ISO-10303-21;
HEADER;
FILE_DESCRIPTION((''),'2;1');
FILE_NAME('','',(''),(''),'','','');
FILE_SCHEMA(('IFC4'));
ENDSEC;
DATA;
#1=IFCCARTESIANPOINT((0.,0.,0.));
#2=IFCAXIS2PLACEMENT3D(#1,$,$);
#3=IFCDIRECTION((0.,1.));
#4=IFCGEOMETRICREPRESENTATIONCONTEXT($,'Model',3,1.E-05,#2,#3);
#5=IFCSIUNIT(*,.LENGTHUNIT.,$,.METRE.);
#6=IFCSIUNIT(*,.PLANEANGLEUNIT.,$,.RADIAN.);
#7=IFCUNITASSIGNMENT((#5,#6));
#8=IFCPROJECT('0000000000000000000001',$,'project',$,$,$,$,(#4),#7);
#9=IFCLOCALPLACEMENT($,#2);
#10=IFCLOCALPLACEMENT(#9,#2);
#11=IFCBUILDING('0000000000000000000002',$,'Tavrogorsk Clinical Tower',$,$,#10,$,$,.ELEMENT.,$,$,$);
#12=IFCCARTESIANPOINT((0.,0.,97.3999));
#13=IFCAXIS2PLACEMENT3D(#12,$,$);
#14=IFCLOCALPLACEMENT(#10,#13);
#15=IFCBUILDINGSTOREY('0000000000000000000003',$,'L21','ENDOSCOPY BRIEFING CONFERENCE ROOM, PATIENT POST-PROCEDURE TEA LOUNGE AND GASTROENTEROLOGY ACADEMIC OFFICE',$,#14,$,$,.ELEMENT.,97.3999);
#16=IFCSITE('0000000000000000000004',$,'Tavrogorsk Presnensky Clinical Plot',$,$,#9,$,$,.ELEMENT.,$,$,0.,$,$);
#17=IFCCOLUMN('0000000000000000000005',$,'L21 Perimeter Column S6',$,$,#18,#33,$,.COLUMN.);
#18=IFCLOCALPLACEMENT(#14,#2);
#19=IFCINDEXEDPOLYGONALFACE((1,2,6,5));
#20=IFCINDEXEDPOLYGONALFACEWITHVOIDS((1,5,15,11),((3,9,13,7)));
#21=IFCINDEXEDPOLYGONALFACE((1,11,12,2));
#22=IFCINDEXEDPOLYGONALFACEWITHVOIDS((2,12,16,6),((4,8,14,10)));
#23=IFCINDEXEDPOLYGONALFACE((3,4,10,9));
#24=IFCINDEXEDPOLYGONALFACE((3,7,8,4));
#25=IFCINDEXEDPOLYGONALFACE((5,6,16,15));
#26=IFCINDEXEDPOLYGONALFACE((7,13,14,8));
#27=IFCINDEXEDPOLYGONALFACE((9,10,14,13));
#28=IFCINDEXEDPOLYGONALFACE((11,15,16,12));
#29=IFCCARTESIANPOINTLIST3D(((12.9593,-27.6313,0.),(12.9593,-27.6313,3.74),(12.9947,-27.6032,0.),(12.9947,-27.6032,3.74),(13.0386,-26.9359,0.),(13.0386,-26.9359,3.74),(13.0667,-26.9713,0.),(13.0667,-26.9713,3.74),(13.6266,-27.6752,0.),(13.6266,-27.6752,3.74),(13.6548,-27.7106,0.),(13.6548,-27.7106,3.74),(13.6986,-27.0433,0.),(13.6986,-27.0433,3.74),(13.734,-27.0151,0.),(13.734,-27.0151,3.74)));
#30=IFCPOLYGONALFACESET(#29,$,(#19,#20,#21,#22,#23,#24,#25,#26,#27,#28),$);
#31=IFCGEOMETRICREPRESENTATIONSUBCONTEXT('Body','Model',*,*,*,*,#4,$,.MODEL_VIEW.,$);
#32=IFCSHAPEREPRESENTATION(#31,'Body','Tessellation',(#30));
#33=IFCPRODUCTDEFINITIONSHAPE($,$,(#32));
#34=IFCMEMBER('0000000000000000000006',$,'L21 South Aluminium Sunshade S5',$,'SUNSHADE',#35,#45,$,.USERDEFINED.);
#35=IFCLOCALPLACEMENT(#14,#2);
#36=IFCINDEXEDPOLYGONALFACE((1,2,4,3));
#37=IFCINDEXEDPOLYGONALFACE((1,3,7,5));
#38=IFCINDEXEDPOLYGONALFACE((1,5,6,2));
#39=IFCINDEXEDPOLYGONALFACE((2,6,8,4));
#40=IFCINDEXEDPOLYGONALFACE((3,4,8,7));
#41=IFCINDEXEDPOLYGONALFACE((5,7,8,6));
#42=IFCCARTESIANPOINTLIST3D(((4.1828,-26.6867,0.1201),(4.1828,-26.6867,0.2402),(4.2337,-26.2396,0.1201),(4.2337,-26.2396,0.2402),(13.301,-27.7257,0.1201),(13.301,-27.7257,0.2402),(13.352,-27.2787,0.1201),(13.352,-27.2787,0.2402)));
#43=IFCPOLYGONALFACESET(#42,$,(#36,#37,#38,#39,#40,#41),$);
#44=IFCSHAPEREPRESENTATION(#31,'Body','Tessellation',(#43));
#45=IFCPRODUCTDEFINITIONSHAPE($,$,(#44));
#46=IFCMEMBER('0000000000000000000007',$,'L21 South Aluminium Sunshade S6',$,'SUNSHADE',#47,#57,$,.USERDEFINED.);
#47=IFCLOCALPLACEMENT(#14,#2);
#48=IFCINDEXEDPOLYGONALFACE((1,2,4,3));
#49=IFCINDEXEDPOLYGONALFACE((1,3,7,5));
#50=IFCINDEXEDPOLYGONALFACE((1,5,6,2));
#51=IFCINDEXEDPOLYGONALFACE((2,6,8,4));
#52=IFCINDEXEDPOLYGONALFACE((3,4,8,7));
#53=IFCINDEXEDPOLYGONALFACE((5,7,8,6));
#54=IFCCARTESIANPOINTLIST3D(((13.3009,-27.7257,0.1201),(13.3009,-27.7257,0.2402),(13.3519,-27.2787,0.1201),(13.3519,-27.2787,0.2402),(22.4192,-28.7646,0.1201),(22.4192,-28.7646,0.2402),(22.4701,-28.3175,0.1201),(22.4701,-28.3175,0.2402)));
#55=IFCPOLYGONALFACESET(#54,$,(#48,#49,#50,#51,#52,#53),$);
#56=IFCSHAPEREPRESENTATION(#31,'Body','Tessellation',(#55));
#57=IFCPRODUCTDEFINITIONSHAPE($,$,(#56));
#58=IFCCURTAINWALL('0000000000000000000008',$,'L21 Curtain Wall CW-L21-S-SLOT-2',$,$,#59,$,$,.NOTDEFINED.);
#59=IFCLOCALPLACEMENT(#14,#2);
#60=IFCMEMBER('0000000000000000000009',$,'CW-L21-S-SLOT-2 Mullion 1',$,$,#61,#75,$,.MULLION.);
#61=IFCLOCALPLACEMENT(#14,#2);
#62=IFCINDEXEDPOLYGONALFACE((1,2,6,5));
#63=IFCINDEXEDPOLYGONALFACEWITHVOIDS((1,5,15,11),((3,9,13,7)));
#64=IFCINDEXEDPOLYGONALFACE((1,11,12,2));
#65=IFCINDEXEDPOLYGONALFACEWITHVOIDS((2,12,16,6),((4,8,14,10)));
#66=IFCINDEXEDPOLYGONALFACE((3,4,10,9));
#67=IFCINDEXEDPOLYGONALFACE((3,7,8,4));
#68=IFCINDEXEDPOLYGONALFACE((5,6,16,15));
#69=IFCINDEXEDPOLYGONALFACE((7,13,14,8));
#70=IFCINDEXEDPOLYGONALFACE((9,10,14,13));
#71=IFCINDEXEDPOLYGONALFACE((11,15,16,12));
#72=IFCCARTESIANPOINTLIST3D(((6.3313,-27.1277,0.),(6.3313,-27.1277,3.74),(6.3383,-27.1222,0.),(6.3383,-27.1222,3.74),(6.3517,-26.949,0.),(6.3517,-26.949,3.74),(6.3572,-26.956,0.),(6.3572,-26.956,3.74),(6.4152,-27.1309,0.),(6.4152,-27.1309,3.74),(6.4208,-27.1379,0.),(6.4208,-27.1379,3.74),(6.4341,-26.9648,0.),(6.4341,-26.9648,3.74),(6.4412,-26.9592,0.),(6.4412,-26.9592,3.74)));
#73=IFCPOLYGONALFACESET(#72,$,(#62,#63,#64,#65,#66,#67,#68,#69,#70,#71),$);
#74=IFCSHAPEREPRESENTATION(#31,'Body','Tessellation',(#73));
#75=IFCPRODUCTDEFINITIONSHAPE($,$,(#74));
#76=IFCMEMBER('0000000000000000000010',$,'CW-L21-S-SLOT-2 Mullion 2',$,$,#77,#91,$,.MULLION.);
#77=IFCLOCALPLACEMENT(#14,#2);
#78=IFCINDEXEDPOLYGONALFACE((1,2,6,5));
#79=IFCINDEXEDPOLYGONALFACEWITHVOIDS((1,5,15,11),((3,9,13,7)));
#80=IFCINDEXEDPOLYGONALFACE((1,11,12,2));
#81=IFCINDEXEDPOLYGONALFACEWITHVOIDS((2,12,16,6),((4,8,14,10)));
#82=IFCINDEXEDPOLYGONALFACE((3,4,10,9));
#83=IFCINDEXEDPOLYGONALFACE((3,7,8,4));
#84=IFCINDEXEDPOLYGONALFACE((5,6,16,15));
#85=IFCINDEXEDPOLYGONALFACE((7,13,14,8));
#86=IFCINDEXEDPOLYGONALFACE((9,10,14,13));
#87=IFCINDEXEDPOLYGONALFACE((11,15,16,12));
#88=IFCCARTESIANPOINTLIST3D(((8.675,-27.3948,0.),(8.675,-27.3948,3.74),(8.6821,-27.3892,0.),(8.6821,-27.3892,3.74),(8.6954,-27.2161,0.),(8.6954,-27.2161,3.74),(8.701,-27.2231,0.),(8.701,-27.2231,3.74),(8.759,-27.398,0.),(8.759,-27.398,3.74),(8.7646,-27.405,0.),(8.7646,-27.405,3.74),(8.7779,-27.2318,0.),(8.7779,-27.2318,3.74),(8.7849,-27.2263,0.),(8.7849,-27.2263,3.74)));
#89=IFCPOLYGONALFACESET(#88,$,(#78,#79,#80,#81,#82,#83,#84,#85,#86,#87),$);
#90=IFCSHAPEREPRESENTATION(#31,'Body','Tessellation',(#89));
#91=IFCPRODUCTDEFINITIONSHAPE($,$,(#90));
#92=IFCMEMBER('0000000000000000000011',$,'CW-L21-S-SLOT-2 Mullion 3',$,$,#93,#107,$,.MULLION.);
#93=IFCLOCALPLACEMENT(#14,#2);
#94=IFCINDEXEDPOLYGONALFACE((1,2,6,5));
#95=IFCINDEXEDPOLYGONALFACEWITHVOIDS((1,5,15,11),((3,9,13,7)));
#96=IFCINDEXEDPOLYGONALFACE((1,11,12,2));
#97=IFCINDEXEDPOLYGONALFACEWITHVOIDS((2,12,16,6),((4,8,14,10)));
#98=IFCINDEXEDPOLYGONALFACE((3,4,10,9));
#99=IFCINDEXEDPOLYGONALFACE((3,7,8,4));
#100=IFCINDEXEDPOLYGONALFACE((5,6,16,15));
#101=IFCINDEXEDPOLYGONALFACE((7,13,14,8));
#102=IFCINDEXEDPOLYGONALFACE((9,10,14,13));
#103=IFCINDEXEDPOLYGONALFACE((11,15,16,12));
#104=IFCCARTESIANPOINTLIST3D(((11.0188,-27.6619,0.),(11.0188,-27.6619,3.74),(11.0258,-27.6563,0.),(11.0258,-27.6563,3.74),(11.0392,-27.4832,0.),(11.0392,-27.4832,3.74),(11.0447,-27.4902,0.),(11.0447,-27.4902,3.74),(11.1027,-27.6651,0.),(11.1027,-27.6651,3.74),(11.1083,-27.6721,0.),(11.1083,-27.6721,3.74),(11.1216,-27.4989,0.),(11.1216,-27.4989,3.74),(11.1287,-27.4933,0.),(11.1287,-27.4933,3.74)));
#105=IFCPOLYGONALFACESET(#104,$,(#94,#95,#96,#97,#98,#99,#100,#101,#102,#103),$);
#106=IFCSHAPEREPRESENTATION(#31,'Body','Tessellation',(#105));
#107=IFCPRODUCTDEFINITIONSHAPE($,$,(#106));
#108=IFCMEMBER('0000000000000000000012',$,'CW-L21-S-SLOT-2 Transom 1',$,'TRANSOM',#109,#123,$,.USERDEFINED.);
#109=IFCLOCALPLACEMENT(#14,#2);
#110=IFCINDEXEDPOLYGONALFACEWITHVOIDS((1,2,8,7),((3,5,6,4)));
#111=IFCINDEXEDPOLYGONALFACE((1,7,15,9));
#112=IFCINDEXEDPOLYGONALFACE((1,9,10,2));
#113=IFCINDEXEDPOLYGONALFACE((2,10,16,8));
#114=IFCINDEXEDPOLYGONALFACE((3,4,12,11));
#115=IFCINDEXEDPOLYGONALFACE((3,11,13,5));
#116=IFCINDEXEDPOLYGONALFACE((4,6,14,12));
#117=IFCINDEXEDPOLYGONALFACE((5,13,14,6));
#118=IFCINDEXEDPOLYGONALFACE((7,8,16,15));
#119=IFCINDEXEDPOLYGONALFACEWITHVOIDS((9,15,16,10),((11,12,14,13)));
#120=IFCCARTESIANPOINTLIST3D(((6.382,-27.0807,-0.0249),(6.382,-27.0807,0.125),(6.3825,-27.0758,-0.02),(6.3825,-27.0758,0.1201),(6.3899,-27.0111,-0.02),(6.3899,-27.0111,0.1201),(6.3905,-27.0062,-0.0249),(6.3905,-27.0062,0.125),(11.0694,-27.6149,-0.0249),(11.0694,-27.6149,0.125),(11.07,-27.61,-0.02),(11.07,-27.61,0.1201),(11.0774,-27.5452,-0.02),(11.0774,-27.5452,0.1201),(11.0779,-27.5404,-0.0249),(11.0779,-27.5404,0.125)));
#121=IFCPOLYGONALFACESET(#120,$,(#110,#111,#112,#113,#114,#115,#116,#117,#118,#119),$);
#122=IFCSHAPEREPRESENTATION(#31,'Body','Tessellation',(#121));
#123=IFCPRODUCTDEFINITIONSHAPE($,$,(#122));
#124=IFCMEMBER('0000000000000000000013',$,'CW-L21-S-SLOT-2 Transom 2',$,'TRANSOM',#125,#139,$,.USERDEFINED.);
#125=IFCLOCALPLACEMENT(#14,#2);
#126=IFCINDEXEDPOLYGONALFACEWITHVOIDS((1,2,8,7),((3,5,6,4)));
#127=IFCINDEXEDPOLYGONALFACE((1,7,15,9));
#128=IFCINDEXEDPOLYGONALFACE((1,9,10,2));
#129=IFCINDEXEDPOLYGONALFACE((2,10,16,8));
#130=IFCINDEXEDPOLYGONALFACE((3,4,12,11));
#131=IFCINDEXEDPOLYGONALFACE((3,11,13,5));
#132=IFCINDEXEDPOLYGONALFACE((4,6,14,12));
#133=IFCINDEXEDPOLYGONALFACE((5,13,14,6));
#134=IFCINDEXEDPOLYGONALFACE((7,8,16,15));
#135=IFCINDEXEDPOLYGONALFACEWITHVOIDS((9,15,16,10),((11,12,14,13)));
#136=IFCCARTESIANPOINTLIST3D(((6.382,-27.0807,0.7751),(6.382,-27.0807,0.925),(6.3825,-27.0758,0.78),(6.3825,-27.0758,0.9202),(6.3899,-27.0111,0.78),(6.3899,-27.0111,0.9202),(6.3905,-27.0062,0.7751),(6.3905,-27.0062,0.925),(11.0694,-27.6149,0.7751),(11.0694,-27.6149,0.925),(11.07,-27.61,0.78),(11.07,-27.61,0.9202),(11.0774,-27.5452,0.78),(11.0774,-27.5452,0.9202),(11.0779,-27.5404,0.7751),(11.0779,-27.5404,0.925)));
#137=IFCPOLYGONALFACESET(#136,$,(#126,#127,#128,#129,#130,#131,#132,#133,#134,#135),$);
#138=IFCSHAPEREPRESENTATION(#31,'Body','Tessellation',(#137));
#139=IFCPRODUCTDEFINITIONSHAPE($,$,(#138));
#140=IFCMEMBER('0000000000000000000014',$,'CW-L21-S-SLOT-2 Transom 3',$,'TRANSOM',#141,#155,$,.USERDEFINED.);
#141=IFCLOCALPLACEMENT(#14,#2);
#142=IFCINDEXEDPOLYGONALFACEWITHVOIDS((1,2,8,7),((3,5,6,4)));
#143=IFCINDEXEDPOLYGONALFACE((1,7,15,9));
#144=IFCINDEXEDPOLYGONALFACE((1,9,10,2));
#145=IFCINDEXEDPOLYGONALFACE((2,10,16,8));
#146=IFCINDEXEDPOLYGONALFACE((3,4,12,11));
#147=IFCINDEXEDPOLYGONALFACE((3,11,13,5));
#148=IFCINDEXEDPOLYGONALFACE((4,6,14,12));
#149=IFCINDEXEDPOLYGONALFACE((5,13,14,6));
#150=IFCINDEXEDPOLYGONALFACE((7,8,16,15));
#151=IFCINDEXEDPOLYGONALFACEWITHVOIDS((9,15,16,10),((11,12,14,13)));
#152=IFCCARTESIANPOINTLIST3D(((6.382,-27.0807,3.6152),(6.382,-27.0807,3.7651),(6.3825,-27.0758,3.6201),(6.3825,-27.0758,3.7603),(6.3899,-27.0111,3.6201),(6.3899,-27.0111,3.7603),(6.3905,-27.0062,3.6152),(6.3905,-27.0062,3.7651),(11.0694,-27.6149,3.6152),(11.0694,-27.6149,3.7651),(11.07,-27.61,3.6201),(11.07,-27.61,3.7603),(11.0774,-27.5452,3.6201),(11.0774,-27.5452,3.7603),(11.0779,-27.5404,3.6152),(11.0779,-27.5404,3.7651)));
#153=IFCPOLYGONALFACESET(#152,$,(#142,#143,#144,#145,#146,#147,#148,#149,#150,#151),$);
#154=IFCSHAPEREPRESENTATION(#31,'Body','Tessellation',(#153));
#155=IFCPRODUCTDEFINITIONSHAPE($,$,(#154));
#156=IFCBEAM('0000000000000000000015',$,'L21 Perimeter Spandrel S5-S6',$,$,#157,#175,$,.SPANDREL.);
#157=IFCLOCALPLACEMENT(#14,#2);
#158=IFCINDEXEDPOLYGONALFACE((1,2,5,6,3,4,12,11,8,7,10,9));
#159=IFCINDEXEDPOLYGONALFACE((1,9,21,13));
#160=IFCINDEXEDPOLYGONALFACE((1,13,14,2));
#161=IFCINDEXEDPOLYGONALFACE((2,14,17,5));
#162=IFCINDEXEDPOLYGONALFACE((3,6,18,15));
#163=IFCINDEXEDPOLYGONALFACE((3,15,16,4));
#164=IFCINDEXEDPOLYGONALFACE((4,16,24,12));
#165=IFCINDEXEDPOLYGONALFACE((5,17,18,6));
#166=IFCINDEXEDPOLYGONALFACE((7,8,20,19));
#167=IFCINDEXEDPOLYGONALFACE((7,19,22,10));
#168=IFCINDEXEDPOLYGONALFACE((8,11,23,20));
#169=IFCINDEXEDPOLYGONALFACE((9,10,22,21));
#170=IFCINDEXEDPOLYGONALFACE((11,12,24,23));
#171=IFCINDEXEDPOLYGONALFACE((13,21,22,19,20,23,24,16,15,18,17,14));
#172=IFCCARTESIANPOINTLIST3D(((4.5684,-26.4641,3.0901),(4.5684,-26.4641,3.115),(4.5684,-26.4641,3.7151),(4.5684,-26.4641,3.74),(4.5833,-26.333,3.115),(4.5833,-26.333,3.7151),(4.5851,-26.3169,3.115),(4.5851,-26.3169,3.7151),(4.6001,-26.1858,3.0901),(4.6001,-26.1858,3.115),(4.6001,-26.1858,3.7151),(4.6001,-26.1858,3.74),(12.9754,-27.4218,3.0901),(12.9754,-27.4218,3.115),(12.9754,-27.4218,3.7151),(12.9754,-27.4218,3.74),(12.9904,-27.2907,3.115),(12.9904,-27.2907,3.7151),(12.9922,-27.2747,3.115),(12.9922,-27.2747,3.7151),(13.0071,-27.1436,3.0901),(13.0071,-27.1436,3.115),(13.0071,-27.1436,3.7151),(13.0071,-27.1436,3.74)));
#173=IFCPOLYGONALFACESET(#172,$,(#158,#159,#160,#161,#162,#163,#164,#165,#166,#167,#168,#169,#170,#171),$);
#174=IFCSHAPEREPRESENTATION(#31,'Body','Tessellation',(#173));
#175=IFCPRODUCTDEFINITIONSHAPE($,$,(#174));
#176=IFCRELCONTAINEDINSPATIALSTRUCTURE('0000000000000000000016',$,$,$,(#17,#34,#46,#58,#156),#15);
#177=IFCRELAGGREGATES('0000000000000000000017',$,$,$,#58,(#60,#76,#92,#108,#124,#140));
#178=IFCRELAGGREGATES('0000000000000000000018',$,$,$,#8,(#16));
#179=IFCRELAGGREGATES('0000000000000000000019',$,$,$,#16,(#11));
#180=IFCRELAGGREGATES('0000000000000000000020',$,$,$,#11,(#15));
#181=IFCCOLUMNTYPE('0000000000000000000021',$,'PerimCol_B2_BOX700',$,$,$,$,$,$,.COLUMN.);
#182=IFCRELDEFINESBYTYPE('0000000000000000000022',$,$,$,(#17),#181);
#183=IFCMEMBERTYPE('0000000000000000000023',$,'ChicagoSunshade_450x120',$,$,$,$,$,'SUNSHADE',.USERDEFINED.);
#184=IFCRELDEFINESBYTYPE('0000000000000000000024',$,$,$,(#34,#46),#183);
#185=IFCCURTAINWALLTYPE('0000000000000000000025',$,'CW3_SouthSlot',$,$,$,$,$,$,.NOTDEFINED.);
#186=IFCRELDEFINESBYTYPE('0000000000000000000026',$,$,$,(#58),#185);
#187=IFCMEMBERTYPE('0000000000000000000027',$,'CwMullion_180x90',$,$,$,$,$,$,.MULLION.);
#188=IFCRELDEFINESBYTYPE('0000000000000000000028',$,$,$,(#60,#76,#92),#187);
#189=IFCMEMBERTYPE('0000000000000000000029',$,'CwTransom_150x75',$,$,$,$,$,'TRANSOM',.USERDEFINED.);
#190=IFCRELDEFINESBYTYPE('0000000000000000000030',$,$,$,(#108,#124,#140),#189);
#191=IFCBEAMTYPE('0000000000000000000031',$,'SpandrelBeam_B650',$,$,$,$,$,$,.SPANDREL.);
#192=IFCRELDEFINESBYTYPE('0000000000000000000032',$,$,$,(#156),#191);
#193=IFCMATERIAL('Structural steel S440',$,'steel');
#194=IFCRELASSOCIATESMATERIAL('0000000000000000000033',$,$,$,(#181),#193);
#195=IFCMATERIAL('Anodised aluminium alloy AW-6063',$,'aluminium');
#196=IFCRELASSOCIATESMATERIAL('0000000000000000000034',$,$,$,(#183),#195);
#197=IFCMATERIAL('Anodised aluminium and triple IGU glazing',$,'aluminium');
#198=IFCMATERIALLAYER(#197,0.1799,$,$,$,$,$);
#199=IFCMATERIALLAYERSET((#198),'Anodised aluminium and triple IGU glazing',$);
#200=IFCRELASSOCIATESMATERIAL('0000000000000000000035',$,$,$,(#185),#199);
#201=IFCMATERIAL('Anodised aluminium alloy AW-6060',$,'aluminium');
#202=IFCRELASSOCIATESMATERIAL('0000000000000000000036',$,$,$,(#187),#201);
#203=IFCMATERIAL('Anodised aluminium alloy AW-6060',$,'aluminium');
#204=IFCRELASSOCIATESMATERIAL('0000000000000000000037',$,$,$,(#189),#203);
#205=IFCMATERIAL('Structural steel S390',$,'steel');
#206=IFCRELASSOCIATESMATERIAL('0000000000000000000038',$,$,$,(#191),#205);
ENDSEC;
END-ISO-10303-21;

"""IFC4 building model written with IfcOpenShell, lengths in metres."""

from ifc_helpers import new_model, si_unit, direction, frame, origin, origin_2d, place, context, subcontext, project, spatial, rectangle, hollow_rectangle, i_section, extrude, material, layer, layer_set, material_profile, profile_set, type_object, element, aggregate, save


model = new_model("IFC4")

# Units and contexts
model_context = context("Model", 3, precision=1e-05, world=origin(), true_north=direction((0.0, 1.0)))
body_context = subcontext(model_context, "Body", "Model", "MODEL_VIEW")
ifc_project = project(units=[si_unit("LENGTHUNIT", "METRE"), si_unit("PLANEANGLEUNIT", "RADIAN")], contexts=[model_context])

# Site, building, storey
site_placement = place(None, origin())
site = spatial("IfcSite", under=ifc_project, at=site_placement, Name="Tavrogorsk Presnensky Clinical Plot", CompositionType="ELEMENT", RefElevation=0.0)
building_placement = place(site_placement, origin())
building = spatial("IfcBuilding", under=site, at=building_placement, Name="Tavrogorsk Clinical Tower", CompositionType="ELEMENT")
storey_placement = place(building_placement, frame((0.0, 0.0, 97.3999)))
storey = spatial("IfcBuildingStorey", under=building, at=storey_placement, Name="L21", Description="ENDOSCOPY BRIEFING CONFERENCE ROOM, PATIENT POST-PROCEDURE TEA LOUNGE AND GASTROENTEROLOGY ACADEMIC OFFICE", CompositionType="ELEMENT", Elevation=97.3999)

# Column
ifc_material_1 = material(Name="Structural steel S440", Category="steel")
ifc_material_profile_1 = material_profile(ifc_material_1, hollow_rectangle(XDim=0.7, YDim=0.7, WallThickness=0.032, at=origin_2d()), Name="BOX-700x700x32")
ifc_profile_set_1 = profile_set([ifc_material_profile_1], Name="Structural steel S440")
column_type = type_object("IfcColumnType", Name="PerimCol_B2_BOX700", PredefinedType="COLUMN", material=ifc_profile_set_1)
column_placement = place(storey_placement, frame((13.3467, -27.3232, 0.0), z_axis=(0.0, 0.0, 1.0), x_axis=(0.993572, -0.113203, 0.0)))
element("IfcColumn", 1, at=column_placement, inside=storey, type_object=column_type, Name="L21 Perimeter Column S6", PredefinedType="COLUMN", context=body_context, shape_type="SweptSolid", body=[
    extrude(hollow_rectangle(XDim=0.7, YDim=0.7, WallThickness=0.032, at=origin_2d()), origin(), (0.0, 0.0, 1.0), 3.74),
])

# Members
ifc_material_2 = material(Name="Anodised aluminium alloy AW-6063", Category="aluminium")
ifc_material_profile_2 = material_profile(ifc_material_2, rectangle(XDim=0.45, YDim=0.1201, at=origin_2d()), Name="ALU-SUNSHADE-450x120")
ifc_profile_set_2 = profile_set([ifc_material_profile_2], Name="Anodised aluminium alloy AW-6063")
member_type_1 = type_object("IfcMemberType", Name="ChicagoSunshade_450x120", ElementType="SUNSHADE", PredefinedType="USERDEFINED", material=ifc_profile_set_2)
for number, where, z_axis, x_axis, name in (
    (2, (4.2083, -26.4631, 0.1802), (0.99357, -0.113222, 0.0), (0.113222, 0.99357, 0.0), "L21 South Aluminium Sunshade S5"),
    (3, (13.3264, -27.5022, 0.1802), (0.993573, -0.113196, 0.0), (0.113196, 0.993573, 0.0), "L21 South Aluminium Sunshade S6"),
):
    element("IfcMember", number, at=place(storey_placement, frame(where, z_axis=z_axis, x_axis=x_axis)), inside=storey, type_object=member_type_1, Name=name, ObjectType="SUNSHADE", PredefinedType="USERDEFINED", context=body_context, shape_type="SweptSolid", body=[
        extrude(rectangle(XDim=0.45, YDim=0.1201, at=origin_2d()), origin(), (0.0, 0.0, 1.0), 9.1772),
    ])

# Curtain wall, members
ifc_material_3 = material(Name="Anodised aluminium and triple IGU glazing", Category="aluminium")
ifc_layer_1 = layer(ifc_material_3, 0.1799)
ifc_layer_set_1 = layer_set([ifc_layer_1], Name="Anodised aluminium and triple IGU glazing")
curtain_wall_type = type_object("IfcCurtainWallType", Name="CW3_SouthSlot", PredefinedType="NOTDEFINED", material=ifc_layer_set_1)
curtain_wall_placement = place(storey_placement, origin())
curtain_wall = element("IfcCurtainWall", 4, at=curtain_wall_placement, inside=storey, type_object=curtain_wall_type, Name="L21 Curtain Wall CW-L21-S-SLOT-2", PredefinedType="NOTDEFINED")
ifc_material_4 = material(Name="Anodised aluminium alloy AW-6060", Category="aluminium")
ifc_material_profile_3 = material_profile(ifc_material_4, hollow_rectangle(XDim=0.0901, YDim=0.1799, WallThickness=0.0063, at=origin_2d()), Name="RHS-180x90x6.3")
ifc_profile_set_3 = profile_set([ifc_material_profile_3], Name="Anodised aluminium alloy AW-6060")
member_type_2 = type_object("IfcMemberType", Name="CwMullion_180x90", PredefinedType="MULLION", material=ifc_profile_set_3)
member_1_placement = place(storey_placement, frame((6.3862, -27.0435, 0.0), z_axis=(0.0, 0.0, 1.0), x_axis=(0.993572, -0.113203, 0.0)))
member_1 = element("IfcMember", 5, at=member_1_placement, type_object=member_type_2, Name="CW-L21-S-SLOT-2 Mullion 1", PredefinedType="MULLION", context=body_context, shape_type="SweptSolid", body=[
    extrude(hollow_rectangle(XDim=0.0901, YDim=0.1799, WallThickness=0.0063, at=origin_2d()), origin(), (0.0, 0.0, 1.0), 3.74),
])
member_2_placement = place(storey_placement, frame((8.73, -27.3105, 0.0), z_axis=(0.0, 0.0, 1.0), x_axis=(0.993572, -0.113203, 0.0)))
member_2 = element("IfcMember", 6, at=member_2_placement, type_object=member_type_2, Name="CW-L21-S-SLOT-2 Mullion 2", PredefinedType="MULLION", context=body_context, shape_type="SweptSolid", body=[
    extrude(hollow_rectangle(XDim=0.0901, YDim=0.1799, WallThickness=0.0063, at=origin_2d()), origin(), (0.0, 0.0, 1.0), 3.74),
])
member_3_placement = place(storey_placement, frame((11.0737, -27.5776, 0.0), z_axis=(0.0, 0.0, 1.0), x_axis=(0.993572, -0.113203, 0.0)))
member_3 = element("IfcMember", 7, at=member_3_placement, type_object=member_type_2, Name="CW-L21-S-SLOT-2 Mullion 3", PredefinedType="MULLION", context=body_context, shape_type="SweptSolid", body=[
    extrude(hollow_rectangle(XDim=0.0901, YDim=0.1799, WallThickness=0.0063, at=origin_2d()), origin(), (0.0, 0.0, 1.0), 3.74),
])
ifc_material_5 = material(Name="Anodised aluminium alloy AW-6060", Category="aluminium")
ifc_material_profile_4 = material_profile(ifc_material_5, hollow_rectangle(XDim=0.075, YDim=0.1499, WallThickness=0.0049, at=origin_2d()), Name="RHS-150x75x5")
ifc_profile_set_4 = profile_set([ifc_material_profile_4], Name="Anodised aluminium alloy AW-6060")
member_type_3 = type_object("IfcMemberType", Name="CwTransom_150x75", ElementType="TRANSOM", PredefinedType="USERDEFINED", material=ifc_profile_set_4)
member_4_placement = place(storey_placement, frame((6.3862, -27.0435, 0.05), z_axis=(0.993569, -0.113226, 0.0), x_axis=(0.113226, 0.993569, 0.0)))
member_4 = element("IfcMember", 8, at=member_4_placement, type_object=member_type_3, Name="CW-L21-S-SLOT-2 Transom 1", ObjectType="TRANSOM", PredefinedType="USERDEFINED", context=body_context, shape_type="SweptSolid", body=[
    extrude(hollow_rectangle(XDim=0.075, YDim=0.1499, WallThickness=0.0049, at=origin_2d()), origin(), (0.0, 0.0, 1.0), 4.7178),
])
member_5_placement = place(storey_placement, frame((6.3862, -27.0435, 0.8501), z_axis=(0.993569, -0.113226, 0.0), x_axis=(0.113226, 0.993569, 0.0)))
member_5 = element("IfcMember", 9, at=member_5_placement, type_object=member_type_3, Name="CW-L21-S-SLOT-2 Transom 2", ObjectType="TRANSOM", PredefinedType="USERDEFINED", context=body_context, shape_type="SweptSolid", body=[
    extrude(hollow_rectangle(XDim=0.075, YDim=0.1499, WallThickness=0.0049, at=origin_2d()), origin(), (0.0, 0.0, 1.0), 4.7178),
])
member_6_placement = place(storey_placement, frame((6.3862, -27.0435, 3.6902), z_axis=(0.993569, -0.113226, 0.0), x_axis=(0.113226, 0.993569, 0.0)))
member_6 = element("IfcMember", 10, at=member_6_placement, type_object=member_type_3, Name="CW-L21-S-SLOT-2 Transom 3", ObjectType="TRANSOM", PredefinedType="USERDEFINED", context=body_context, shape_type="SweptSolid", body=[
    extrude(hollow_rectangle(XDim=0.075, YDim=0.1499, WallThickness=0.0049, at=origin_2d()), origin(), (0.0, 0.0, 1.0), 4.7178),
])

# Beam
ifc_material_6 = material(Name="Structural steel S390", Category="steel")
ifc_material_profile_5 = material_profile(ifc_material_6, i_section(OverallWidth=0.28, OverallDepth=0.6499, WebThickness=0.0161, FlangeThickness=0.0249, at=origin_2d()), Name="B-650x280x16x25")
ifc_profile_set_5 = profile_set([ifc_material_profile_5], Name="Structural steel S390")
beam_type = type_object("IfcBeamType", Name="SpandrelBeam_B650", PredefinedType="SPANDREL", material=ifc_profile_set_5)
for number, where, z_axis, x_axis, name in (
    (11, (4.5842, -26.325, 3.415), (0.993573, -0.113193, 0.0), (0.113193, 0.993573, 0.0), "L21 Perimeter Spandrel S5-S6"),
):
    element("IfcBeam", number, at=place(storey_placement, frame(where, z_axis=z_axis, x_axis=x_axis)), inside=storey, type_object=beam_type, Name=name, PredefinedType="SPANDREL", context=body_context, shape_type="SweptSolid", body=[
        extrude(i_section(OverallWidth=0.28, OverallDepth=0.6499, WebThickness=0.0161, FlangeThickness=0.0249, at=origin_2d()), origin(), (0.0, 0.0, 1.0), 8.4614),
    ])

aggregate(curtain_wall, [member_1, member_2, member_3, member_4, member_5, member_6])

save(model, "model.ifc")
